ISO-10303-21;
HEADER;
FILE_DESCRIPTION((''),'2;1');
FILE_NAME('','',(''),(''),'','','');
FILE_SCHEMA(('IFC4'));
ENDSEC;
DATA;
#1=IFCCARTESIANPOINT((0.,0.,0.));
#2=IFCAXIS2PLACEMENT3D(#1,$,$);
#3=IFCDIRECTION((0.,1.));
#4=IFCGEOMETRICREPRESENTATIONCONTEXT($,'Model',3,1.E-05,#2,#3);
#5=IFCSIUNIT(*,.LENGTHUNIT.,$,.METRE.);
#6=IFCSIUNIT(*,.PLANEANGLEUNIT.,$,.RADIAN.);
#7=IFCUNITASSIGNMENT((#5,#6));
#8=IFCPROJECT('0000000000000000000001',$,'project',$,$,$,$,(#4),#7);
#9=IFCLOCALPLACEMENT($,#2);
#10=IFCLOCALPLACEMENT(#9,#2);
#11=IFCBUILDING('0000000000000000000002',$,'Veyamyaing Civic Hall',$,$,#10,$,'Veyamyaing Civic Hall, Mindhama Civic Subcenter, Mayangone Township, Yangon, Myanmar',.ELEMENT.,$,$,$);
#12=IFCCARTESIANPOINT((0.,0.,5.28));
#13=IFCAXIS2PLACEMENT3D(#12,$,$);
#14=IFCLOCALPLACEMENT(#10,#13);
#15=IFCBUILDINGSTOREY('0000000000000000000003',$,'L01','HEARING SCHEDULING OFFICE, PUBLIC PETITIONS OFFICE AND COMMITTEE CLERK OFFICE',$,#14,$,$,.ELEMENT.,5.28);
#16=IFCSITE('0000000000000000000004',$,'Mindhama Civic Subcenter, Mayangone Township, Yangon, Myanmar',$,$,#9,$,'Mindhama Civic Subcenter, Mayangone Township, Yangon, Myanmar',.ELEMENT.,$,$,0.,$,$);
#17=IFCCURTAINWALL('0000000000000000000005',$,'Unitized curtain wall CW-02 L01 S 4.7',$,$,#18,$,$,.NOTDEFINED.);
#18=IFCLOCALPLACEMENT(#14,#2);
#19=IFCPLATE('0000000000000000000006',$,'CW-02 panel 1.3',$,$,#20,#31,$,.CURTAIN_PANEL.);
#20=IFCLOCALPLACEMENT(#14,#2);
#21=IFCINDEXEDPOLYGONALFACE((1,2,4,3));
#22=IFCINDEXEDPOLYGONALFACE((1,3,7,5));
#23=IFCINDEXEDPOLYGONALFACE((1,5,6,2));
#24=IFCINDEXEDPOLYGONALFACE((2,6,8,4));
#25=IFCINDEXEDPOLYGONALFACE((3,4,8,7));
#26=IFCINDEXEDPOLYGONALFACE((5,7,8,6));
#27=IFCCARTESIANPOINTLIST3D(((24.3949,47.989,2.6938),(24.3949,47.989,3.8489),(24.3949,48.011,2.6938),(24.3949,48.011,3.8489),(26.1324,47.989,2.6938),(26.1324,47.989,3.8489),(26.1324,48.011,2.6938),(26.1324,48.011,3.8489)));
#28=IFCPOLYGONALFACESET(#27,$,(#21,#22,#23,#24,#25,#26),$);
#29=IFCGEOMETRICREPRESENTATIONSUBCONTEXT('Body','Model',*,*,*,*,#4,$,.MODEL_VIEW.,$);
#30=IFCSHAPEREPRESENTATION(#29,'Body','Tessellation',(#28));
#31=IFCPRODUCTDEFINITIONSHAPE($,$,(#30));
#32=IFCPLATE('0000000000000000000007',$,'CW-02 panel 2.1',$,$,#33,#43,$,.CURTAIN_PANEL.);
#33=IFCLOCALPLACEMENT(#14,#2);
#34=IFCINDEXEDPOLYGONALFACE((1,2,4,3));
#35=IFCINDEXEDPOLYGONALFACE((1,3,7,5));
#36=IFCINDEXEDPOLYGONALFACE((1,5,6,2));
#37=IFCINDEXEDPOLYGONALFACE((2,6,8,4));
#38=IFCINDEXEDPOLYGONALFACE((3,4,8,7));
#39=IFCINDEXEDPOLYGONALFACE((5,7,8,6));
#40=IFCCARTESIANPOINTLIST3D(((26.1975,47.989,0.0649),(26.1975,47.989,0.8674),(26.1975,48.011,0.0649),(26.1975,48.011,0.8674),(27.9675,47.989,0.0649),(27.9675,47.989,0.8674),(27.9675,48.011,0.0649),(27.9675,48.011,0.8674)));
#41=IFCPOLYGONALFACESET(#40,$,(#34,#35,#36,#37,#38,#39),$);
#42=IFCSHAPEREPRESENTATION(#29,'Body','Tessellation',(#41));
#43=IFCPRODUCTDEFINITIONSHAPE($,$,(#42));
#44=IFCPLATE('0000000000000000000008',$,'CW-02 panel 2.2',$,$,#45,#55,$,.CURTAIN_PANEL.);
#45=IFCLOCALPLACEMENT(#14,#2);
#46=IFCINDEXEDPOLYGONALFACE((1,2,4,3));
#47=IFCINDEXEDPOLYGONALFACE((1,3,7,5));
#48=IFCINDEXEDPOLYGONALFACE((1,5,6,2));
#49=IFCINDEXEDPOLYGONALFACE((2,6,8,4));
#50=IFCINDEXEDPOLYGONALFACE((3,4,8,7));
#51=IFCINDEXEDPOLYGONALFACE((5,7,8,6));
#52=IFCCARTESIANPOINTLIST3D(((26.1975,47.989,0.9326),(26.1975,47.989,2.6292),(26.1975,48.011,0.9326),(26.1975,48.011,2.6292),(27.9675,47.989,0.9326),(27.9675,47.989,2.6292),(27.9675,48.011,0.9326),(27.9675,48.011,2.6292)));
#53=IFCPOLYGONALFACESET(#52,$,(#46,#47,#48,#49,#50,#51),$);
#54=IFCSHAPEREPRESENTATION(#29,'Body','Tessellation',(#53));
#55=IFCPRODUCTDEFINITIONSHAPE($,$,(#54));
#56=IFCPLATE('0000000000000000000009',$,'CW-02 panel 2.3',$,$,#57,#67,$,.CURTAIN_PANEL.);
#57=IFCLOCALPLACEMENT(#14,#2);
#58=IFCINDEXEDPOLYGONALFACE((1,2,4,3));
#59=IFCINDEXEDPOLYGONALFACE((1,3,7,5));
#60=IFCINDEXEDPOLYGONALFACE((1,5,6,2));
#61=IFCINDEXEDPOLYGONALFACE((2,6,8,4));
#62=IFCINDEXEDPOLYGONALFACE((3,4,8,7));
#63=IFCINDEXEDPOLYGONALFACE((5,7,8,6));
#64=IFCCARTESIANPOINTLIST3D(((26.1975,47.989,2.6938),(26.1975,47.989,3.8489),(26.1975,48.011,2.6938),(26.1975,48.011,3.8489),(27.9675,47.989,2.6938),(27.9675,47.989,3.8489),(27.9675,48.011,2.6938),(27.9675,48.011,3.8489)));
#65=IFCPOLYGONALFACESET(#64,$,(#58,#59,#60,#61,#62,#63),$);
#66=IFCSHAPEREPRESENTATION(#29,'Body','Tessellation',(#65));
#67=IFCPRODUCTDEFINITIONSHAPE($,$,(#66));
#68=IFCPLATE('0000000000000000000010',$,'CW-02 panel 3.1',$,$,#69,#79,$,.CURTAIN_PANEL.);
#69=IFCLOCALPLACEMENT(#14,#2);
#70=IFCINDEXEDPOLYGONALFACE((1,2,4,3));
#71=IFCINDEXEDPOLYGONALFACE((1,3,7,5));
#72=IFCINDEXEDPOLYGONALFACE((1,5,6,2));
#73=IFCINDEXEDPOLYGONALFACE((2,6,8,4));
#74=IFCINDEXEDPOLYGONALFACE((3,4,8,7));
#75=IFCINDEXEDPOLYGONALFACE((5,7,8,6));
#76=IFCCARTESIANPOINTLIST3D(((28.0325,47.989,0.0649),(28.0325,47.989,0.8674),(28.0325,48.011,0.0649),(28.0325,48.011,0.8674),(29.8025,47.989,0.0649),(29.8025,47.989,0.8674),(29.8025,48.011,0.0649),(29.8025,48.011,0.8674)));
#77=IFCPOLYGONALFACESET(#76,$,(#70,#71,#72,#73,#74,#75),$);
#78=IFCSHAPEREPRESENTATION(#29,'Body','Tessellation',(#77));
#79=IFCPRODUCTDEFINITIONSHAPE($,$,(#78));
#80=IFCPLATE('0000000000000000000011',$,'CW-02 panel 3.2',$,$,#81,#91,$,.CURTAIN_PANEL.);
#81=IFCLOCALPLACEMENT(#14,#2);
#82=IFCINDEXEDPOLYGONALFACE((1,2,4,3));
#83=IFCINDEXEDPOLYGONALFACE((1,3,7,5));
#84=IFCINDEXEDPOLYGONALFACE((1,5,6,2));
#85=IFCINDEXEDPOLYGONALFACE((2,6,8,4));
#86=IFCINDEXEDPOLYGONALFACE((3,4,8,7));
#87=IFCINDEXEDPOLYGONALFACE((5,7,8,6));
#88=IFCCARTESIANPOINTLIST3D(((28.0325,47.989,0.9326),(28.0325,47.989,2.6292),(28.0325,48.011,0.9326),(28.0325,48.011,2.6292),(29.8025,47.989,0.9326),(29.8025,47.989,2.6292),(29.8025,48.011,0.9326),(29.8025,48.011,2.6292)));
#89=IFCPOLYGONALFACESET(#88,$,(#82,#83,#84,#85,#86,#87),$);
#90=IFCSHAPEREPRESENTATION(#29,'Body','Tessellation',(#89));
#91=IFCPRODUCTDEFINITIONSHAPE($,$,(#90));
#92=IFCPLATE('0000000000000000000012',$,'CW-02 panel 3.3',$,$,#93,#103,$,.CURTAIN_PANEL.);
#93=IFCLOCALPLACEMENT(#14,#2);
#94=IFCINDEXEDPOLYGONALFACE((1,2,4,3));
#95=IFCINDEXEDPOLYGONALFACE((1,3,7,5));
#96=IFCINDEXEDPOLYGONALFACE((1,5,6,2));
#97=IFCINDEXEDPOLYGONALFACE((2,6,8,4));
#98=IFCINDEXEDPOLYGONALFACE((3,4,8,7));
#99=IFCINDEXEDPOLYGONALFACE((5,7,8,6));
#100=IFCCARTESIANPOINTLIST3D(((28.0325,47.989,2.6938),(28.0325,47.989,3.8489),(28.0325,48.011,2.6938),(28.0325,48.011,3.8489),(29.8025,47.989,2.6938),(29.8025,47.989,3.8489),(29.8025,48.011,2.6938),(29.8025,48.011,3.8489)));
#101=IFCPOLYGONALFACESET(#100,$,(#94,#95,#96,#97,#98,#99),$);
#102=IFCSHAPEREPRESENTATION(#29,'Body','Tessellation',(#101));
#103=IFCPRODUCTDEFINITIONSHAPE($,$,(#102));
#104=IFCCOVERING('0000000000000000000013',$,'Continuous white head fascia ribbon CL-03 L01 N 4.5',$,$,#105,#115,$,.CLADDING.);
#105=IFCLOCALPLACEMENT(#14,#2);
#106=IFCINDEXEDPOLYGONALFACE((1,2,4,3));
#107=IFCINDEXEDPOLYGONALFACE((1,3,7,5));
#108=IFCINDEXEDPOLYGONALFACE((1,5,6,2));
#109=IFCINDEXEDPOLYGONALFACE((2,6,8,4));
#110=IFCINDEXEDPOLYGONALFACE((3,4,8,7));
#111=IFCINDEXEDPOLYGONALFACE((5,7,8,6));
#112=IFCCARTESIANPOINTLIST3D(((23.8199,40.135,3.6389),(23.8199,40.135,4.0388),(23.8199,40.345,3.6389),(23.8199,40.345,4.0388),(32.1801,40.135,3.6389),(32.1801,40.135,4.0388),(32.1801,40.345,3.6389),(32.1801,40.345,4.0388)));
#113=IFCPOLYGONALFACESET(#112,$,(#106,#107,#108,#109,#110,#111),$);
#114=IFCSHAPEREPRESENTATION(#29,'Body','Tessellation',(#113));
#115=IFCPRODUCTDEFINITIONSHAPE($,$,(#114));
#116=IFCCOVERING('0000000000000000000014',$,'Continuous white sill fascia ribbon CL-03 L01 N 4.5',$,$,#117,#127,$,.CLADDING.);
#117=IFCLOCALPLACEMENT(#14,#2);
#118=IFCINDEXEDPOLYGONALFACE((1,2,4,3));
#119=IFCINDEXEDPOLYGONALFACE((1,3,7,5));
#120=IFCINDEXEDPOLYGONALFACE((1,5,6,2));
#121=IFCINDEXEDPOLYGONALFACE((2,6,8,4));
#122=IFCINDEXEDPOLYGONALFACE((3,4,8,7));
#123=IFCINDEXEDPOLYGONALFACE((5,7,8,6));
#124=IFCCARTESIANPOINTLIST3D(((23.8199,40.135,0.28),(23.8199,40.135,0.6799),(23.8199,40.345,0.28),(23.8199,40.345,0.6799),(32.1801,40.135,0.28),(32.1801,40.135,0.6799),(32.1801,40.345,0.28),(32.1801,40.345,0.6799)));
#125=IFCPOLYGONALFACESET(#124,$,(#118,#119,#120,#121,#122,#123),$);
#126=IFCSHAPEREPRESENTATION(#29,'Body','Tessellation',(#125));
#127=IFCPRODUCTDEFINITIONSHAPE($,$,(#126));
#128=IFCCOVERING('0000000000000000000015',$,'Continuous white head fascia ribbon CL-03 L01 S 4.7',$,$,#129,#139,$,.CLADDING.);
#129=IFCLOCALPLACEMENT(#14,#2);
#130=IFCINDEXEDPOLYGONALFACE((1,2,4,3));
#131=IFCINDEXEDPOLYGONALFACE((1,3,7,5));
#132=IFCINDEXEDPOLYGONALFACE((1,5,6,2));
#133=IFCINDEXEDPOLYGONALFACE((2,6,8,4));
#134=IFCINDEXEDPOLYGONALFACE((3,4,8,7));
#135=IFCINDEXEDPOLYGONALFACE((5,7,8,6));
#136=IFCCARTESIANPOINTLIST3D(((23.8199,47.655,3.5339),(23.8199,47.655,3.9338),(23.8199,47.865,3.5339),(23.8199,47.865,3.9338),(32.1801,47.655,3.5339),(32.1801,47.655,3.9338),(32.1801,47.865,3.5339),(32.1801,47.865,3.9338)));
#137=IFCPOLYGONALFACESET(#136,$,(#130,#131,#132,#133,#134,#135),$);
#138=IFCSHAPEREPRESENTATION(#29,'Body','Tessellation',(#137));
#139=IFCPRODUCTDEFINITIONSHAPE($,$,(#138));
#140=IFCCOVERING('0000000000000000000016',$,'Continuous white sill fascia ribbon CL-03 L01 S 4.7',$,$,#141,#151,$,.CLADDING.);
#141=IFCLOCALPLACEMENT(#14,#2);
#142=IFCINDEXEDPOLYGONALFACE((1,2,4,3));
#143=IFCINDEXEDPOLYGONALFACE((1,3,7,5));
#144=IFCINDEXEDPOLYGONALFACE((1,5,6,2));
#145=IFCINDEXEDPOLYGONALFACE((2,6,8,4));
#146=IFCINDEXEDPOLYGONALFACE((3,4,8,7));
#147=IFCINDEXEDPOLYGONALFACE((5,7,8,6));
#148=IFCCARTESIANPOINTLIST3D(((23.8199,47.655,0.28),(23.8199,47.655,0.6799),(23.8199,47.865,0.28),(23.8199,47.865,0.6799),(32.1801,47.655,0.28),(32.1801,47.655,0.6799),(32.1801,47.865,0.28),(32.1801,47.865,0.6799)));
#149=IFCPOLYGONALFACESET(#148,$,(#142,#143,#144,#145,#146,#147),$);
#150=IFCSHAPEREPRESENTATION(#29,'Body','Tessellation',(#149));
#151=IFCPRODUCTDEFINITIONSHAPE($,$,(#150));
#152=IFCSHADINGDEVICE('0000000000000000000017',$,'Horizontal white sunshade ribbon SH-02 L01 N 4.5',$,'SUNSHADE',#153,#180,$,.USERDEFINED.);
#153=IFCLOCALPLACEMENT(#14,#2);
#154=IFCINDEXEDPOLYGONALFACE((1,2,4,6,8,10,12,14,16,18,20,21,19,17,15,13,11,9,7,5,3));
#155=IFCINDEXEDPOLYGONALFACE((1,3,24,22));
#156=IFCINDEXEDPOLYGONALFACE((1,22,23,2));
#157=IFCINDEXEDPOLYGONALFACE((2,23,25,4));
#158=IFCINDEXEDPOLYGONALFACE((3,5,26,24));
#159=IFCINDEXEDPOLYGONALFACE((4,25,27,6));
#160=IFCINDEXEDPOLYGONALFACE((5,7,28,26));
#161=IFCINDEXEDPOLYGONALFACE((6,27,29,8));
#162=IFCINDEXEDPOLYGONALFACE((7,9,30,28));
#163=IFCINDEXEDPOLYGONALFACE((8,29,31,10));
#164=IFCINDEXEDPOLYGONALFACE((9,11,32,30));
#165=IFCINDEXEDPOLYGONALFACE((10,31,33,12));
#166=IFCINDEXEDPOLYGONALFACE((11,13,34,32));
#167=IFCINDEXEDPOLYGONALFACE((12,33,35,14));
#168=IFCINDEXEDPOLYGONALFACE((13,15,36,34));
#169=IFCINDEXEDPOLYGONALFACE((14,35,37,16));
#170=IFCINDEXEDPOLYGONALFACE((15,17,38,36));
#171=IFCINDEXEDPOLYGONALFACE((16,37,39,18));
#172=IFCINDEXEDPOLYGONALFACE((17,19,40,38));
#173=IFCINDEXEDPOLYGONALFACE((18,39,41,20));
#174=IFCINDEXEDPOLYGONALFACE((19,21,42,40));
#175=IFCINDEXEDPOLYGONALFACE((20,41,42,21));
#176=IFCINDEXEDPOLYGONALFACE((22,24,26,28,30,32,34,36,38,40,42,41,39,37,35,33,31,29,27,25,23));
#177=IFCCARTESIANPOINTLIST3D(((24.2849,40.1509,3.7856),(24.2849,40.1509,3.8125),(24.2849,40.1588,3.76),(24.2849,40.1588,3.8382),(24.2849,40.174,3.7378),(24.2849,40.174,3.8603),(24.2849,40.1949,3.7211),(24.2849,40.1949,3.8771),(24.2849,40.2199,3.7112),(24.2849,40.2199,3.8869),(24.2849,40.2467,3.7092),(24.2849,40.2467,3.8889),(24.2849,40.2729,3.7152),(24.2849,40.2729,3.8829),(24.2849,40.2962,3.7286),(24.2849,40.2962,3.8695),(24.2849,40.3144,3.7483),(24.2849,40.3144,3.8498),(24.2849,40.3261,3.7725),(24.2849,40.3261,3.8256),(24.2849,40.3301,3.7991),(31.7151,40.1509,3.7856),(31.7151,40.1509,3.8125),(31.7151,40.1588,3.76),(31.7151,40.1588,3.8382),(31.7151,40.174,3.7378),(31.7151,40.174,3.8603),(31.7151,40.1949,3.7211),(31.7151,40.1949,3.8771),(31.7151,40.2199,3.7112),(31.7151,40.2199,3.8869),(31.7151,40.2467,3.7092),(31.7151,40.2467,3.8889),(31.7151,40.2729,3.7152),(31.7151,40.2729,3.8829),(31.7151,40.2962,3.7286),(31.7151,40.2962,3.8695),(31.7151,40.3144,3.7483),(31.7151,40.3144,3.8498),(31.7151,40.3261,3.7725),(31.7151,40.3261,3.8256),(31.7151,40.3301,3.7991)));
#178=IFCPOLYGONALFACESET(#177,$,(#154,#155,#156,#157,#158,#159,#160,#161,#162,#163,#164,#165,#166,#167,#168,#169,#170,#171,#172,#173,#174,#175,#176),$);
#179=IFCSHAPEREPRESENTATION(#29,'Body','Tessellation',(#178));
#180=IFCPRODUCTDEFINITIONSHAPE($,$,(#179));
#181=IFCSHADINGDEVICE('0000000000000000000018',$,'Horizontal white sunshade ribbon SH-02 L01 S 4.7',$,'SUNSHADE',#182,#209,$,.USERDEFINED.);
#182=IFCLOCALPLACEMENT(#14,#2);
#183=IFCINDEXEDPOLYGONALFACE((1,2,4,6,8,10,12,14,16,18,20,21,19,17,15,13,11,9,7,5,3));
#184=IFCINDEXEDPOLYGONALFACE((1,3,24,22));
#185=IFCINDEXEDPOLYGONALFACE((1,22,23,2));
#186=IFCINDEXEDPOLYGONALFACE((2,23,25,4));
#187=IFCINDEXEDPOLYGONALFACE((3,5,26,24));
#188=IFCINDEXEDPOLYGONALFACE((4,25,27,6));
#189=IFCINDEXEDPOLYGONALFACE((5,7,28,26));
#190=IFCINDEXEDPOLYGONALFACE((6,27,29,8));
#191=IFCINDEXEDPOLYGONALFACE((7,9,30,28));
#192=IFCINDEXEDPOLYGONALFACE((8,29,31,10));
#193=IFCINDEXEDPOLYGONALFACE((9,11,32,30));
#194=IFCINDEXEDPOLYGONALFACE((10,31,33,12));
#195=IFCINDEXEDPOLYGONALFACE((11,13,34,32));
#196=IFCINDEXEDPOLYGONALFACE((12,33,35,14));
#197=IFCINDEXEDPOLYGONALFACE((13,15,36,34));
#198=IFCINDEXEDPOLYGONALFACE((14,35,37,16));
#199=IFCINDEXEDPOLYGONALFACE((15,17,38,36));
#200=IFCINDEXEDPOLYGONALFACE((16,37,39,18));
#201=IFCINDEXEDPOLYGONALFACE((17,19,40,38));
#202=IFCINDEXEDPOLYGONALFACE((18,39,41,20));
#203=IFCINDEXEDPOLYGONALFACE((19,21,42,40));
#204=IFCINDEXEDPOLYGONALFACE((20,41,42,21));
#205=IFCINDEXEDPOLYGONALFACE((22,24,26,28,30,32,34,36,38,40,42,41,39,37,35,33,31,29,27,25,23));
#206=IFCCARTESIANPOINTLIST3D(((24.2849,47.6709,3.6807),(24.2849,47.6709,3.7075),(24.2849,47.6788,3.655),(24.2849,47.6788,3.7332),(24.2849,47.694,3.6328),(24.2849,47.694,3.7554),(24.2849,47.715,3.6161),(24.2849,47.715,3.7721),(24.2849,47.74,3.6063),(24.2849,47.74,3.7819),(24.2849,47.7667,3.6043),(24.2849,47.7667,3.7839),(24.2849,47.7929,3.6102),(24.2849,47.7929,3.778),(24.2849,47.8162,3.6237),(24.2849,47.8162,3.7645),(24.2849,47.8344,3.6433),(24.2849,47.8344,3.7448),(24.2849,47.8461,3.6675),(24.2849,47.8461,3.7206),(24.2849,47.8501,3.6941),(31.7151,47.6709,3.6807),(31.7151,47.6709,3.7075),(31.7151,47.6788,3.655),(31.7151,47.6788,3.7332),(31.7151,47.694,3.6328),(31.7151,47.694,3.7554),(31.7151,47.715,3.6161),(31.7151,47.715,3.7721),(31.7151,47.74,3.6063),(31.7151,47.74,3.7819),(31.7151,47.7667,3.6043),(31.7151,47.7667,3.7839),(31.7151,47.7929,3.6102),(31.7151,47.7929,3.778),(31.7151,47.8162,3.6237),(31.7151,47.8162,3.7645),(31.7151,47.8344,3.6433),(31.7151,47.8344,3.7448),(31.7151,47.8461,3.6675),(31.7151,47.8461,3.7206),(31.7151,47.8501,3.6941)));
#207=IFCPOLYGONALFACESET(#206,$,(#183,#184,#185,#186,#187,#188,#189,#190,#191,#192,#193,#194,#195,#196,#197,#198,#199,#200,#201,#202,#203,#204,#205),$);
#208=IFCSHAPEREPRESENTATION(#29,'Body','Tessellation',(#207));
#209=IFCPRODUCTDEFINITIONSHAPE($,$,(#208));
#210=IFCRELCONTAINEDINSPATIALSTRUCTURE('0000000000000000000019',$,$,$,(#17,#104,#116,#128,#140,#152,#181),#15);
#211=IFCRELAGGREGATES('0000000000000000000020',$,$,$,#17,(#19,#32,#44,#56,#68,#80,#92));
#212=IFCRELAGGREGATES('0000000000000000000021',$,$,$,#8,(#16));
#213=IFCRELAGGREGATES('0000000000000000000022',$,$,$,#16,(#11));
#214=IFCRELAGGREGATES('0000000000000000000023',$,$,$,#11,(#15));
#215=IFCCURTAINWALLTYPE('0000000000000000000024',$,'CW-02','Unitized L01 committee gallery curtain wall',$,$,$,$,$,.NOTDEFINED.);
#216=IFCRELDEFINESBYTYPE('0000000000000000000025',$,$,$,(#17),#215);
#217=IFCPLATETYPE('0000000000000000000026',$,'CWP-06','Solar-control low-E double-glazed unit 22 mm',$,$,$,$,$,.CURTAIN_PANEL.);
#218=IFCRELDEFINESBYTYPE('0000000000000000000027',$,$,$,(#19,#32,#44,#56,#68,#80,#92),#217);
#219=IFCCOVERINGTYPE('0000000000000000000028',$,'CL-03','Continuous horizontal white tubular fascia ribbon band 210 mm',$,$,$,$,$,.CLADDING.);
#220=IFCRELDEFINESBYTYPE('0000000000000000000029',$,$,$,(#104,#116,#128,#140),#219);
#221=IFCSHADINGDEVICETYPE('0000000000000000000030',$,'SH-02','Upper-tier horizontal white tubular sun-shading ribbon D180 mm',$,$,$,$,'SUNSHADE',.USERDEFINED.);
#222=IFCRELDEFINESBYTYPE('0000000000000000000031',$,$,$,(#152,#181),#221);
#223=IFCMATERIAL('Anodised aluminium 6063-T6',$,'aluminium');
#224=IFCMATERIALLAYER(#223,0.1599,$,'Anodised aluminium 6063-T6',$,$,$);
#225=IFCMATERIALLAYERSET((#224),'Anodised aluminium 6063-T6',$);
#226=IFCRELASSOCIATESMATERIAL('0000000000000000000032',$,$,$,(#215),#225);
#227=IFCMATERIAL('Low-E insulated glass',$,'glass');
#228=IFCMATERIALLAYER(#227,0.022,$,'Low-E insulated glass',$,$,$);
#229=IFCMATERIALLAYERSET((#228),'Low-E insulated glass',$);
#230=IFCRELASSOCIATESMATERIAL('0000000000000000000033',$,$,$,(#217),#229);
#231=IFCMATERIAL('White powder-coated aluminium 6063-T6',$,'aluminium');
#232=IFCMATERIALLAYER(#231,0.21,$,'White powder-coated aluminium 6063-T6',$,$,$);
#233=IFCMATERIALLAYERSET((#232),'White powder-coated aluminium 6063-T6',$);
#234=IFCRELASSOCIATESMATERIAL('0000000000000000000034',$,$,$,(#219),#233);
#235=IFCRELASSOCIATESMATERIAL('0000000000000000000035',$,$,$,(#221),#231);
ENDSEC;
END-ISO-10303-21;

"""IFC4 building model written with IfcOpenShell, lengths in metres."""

from ifc_helpers import new_model, si_unit, direction, frame, origin, origin_2d, place, context, subcontext, project, spatial, rectangle, circle, extrude, material, layer, layer_set, material_profile, profile_set, type_object, element, aggregate, save


model = new_model("IFC4")

# Units and contexts
model_context = context("Model", 3, precision=1e-05, world=origin(), true_north=direction((0.0, 1.0)))
body_context = subcontext(model_context, "Body", "Model", "MODEL_VIEW")
ifc_project = project(units=[si_unit("LENGTHUNIT", "METRE"), si_unit("PLANEANGLEUNIT", "RADIAN")], contexts=[model_context])

# Site, building, storey
site_placement = place(None, origin())
site = spatial("IfcSite", under=ifc_project, at=site_placement, Name="Mindhama Civic Subcenter, Mayangone Township, Yangon, Myanmar", LongName="Mindhama Civic Subcenter, Mayangone Township, Yangon, Myanmar", CompositionType="ELEMENT", RefElevation=0.0)
building_placement = place(site_placement, origin())
building = spatial("IfcBuilding", under=site, at=building_placement, Name="Veyamyaing Civic Hall", LongName="Veyamyaing Civic Hall, Mindhama Civic Subcenter, Mayangone Township, Yangon, Myanmar", CompositionType="ELEMENT")
storey_placement = place(building_placement, frame((0.0, 0.0, 5.28)))
storey = spatial("IfcBuildingStorey", under=building, at=storey_placement, Name="L01", Description="HEARING SCHEDULING OFFICE, PUBLIC PETITIONS OFFICE AND COMMITTEE CLERK OFFICE", CompositionType="ELEMENT", Elevation=5.28)

# Curtain wall
ifc_material_1 = material(Name="Anodised aluminium 6063-T6", Category="aluminium")
ifc_layer_1 = layer(ifc_material_1, 0.1599, Name="Anodised aluminium 6063-T6")
ifc_layer_set_1 = layer_set([ifc_layer_1], Name="Anodised aluminium 6063-T6")
curtain_wall_type = type_object("IfcCurtainWallType", Name="CW-02", Description="Unitized L01 committee gallery curtain wall", PredefinedType="NOTDEFINED", material=ifc_layer_set_1)
curtain_wall_placement = place(storey_placement, origin())
curtain_wall = element("IfcCurtainWall", 1, at=curtain_wall_placement, inside=storey, type_object=curtain_wall_type, Name="Unitized curtain wall CW-02 L01 S 4.7", PredefinedType="NOTDEFINED")

# Plates
ifc_material_2 = material(Name="Low-E insulated glass", Category="glass")
ifc_layer_2 = layer(ifc_material_2, 0.022, Name="Low-E insulated glass")
ifc_layer_set_2 = layer_set([ifc_layer_2], Name="Low-E insulated glass")
plate_type = type_object("IfcPlateType", Name="CWP-06", Description="Solar-control low-E double-glazed unit 22 mm", PredefinedType="CURTAIN_PANEL", material=ifc_layer_set_2)
plate_1_placement = place(storey_placement, frame((25.2637, 48.0, 2.6938), z_axis=(0.0, 0.0, 1.0), x_axis=(1.0, 0.0, 0.0)))
plate_1 = element("IfcPlate", 2, at=plate_1_placement, type_object=plate_type, Name="CW-02 panel 1.3", PredefinedType="CURTAIN_PANEL", context=body_context, shape_type="SweptSolid", body=[
    extrude(rectangle(XDim=1.7375, YDim=0.022, at=origin_2d()), origin(), (0.0, 0.0, 1.0), 1.155),
])
plate_2_placement = place(storey_placement, frame((27.0825, 48.0, 0.0649), z_axis=(0.0, 0.0, 1.0), x_axis=(1.0, 0.0, 0.0)))
plate_2 = element("IfcPlate", 3, at=plate_2_placement, type_object=plate_type, Name="CW-02 panel 2.1", PredefinedType="CURTAIN_PANEL", context=body_context, shape_type="SweptSolid", body=[
    extrude(rectangle(XDim=1.77, YDim=0.022, at=origin_2d()), origin(), (0.0, 0.0, 1.0), 0.8025),
])
plate_3_placement = place(storey_placement, frame((27.0825, 48.0, 0.9326), z_axis=(0.0, 0.0, 1.0), x_axis=(1.0, 0.0, 0.0)))
plate_3 = element("IfcPlate", 4, at=plate_3_placement, type_object=plate_type, Name="CW-02 panel 2.2", PredefinedType="CURTAIN_PANEL", context=body_context, shape_type="SweptSolid", body=[
    extrude(rectangle(XDim=1.77, YDim=0.022, at=origin_2d()), origin(), (0.0, 0.0, 1.0), 1.6965),
])
plate_4_placement = place(storey_placement, frame((27.0825, 48.0, 2.6938), z_axis=(0.0, 0.0, 1.0), x_axis=(1.0, 0.0, 0.0)))
plate_4 = element("IfcPlate", 5, at=plate_4_placement, type_object=plate_type, Name="CW-02 panel 2.3", PredefinedType="CURTAIN_PANEL", context=body_context, shape_type="SweptSolid", body=[
    extrude(rectangle(XDim=1.77, YDim=0.022, at=origin_2d()), origin(), (0.0, 0.0, 1.0), 1.155),
])
plate_5_placement = place(storey_placement, frame((28.9175, 48.0, 0.0649), z_axis=(0.0, 0.0, 1.0), x_axis=(1.0, 0.0, 0.0)))
plate_5 = element("IfcPlate", 6, at=plate_5_placement, type_object=plate_type, Name="CW-02 panel 3.1", PredefinedType="CURTAIN_PANEL", context=body_context, shape_type="SweptSolid", body=[
    extrude(rectangle(XDim=1.77, YDim=0.022, at=origin_2d()), origin(), (0.0, 0.0, 1.0), 0.8025),
])
plate_6_placement = place(storey_placement, frame((28.9175, 48.0, 0.9326), z_axis=(0.0, 0.0, 1.0), x_axis=(1.0, 0.0, 0.0)))
plate_6 = element("IfcPlate", 7, at=plate_6_placement, type_object=plate_type, Name="CW-02 panel 3.2", PredefinedType="CURTAIN_PANEL", context=body_context, shape_type="SweptSolid", body=[
    extrude(rectangle(XDim=1.77, YDim=0.022, at=origin_2d()), origin(), (0.0, 0.0, 1.0), 1.6965),
])
plate_7_placement = place(storey_placement, frame((28.9175, 48.0, 2.6938), z_axis=(0.0, 0.0, 1.0), x_axis=(1.0, 0.0, 0.0)))
plate_7 = element("IfcPlate", 8, at=plate_7_placement, type_object=plate_type, Name="CW-02 panel 3.3", PredefinedType="CURTAIN_PANEL", context=body_context, shape_type="SweptSolid", body=[
    extrude(rectangle(XDim=1.77, YDim=0.022, at=origin_2d()), origin(), (0.0, 0.0, 1.0), 1.155),
])
aggregate(curtain_wall, [plate_1, plate_2, plate_3, plate_4, plate_5, plate_6, plate_7])

# Coverings
ifc_material_3 = material(Name="White powder-coated aluminium 6063-T6", Category="aluminium")
ifc_layer_3 = layer(ifc_material_3, 0.21, Name="White powder-coated aluminium 6063-T6")
ifc_layer_set_3 = layer_set([ifc_layer_3], Name="White powder-coated aluminium 6063-T6")
covering_type = type_object("IfcCoveringType", Name="CL-03", Description="Continuous horizontal white tubular fascia ribbon band 210 mm", PredefinedType="CLADDING", material=ifc_layer_set_3)
for number, where, z_axis, x_axis, name in (
    (9, (28.0, 40.24, 3.6389), (0.0, 0.0, 1.0), (1.0, 0.0, 0.0), "Continuous white head fascia ribbon CL-03 L01 N 4.5"),
    (10, (28.0, 40.24, 0.28), (0.0, 0.0, 1.0), (1.0, 0.0, 0.0), "Continuous white sill fascia ribbon CL-03 L01 N 4.5"),
    (11, (28.0, 47.76, 3.5339), (0.0, 0.0, 1.0), (1.0, 0.0, 0.0), "Continuous white head fascia ribbon CL-03 L01 S 4.7"),
    (12, (28.0, 47.76, 0.28), (0.0, 0.0, 1.0), (1.0, 0.0, 0.0), "Continuous white sill fascia ribbon CL-03 L01 S 4.7"),
):
    element("IfcCovering", number, at=place(storey_placement, frame(where, z_axis=z_axis, x_axis=x_axis)), inside=storey, type_object=covering_type, Name=name, PredefinedType="CLADDING", context=body_context, shape_type="SweptSolid", body=[
        extrude(rectangle(XDim=8.3601, YDim=0.21, at=origin_2d()), origin(), (0.0, 0.0, 1.0), 0.3999),
    ])

# Shading devices
ifc_material_profile_1 = material_profile(ifc_material_3, circle(Radius=0.0901, at=origin_2d()), Name="SHADE-TUBE-180")
ifc_profile_set_1 = profile_set([ifc_material_profile_1], Name="White powder-coated aluminium 6063-T6")
shading_device_type = type_object("IfcShadingDeviceType", Name="SH-02", Description="Upper-tier horizontal white tubular sun-shading ribbon D180 mm", ElementType="SUNSHADE", PredefinedType="USERDEFINED", material=ifc_profile_set_1)
for number, where, z_axis, x_axis, name in (
    (13, (24.2849, 40.24, 3.7991), (1.0, 0.0, 0.0), (0.0, 1.0, 0.0), "Horizontal white sunshade ribbon SH-02 L01 N 4.5"),
    (14, (24.2849, 47.76, 3.6941), (1.0, 0.0, 0.0), (0.0, 1.0, 0.0), "Horizontal white sunshade ribbon SH-02 L01 S 4.7"),
):
    element("IfcShadingDevice", number, at=place(storey_placement, frame(where, z_axis=z_axis, x_axis=x_axis)), inside=storey, type_object=shading_device_type, Name=name, ObjectType="SUNSHADE", PredefinedType="USERDEFINED", context=body_context, shape_type="SweptSolid", body=[
        extrude(circle(Radius=0.0901, at=origin_2d()), origin(), (0.0, 0.0, 1.0), 7.4302),
    ])

save(model, "model.ifc")
